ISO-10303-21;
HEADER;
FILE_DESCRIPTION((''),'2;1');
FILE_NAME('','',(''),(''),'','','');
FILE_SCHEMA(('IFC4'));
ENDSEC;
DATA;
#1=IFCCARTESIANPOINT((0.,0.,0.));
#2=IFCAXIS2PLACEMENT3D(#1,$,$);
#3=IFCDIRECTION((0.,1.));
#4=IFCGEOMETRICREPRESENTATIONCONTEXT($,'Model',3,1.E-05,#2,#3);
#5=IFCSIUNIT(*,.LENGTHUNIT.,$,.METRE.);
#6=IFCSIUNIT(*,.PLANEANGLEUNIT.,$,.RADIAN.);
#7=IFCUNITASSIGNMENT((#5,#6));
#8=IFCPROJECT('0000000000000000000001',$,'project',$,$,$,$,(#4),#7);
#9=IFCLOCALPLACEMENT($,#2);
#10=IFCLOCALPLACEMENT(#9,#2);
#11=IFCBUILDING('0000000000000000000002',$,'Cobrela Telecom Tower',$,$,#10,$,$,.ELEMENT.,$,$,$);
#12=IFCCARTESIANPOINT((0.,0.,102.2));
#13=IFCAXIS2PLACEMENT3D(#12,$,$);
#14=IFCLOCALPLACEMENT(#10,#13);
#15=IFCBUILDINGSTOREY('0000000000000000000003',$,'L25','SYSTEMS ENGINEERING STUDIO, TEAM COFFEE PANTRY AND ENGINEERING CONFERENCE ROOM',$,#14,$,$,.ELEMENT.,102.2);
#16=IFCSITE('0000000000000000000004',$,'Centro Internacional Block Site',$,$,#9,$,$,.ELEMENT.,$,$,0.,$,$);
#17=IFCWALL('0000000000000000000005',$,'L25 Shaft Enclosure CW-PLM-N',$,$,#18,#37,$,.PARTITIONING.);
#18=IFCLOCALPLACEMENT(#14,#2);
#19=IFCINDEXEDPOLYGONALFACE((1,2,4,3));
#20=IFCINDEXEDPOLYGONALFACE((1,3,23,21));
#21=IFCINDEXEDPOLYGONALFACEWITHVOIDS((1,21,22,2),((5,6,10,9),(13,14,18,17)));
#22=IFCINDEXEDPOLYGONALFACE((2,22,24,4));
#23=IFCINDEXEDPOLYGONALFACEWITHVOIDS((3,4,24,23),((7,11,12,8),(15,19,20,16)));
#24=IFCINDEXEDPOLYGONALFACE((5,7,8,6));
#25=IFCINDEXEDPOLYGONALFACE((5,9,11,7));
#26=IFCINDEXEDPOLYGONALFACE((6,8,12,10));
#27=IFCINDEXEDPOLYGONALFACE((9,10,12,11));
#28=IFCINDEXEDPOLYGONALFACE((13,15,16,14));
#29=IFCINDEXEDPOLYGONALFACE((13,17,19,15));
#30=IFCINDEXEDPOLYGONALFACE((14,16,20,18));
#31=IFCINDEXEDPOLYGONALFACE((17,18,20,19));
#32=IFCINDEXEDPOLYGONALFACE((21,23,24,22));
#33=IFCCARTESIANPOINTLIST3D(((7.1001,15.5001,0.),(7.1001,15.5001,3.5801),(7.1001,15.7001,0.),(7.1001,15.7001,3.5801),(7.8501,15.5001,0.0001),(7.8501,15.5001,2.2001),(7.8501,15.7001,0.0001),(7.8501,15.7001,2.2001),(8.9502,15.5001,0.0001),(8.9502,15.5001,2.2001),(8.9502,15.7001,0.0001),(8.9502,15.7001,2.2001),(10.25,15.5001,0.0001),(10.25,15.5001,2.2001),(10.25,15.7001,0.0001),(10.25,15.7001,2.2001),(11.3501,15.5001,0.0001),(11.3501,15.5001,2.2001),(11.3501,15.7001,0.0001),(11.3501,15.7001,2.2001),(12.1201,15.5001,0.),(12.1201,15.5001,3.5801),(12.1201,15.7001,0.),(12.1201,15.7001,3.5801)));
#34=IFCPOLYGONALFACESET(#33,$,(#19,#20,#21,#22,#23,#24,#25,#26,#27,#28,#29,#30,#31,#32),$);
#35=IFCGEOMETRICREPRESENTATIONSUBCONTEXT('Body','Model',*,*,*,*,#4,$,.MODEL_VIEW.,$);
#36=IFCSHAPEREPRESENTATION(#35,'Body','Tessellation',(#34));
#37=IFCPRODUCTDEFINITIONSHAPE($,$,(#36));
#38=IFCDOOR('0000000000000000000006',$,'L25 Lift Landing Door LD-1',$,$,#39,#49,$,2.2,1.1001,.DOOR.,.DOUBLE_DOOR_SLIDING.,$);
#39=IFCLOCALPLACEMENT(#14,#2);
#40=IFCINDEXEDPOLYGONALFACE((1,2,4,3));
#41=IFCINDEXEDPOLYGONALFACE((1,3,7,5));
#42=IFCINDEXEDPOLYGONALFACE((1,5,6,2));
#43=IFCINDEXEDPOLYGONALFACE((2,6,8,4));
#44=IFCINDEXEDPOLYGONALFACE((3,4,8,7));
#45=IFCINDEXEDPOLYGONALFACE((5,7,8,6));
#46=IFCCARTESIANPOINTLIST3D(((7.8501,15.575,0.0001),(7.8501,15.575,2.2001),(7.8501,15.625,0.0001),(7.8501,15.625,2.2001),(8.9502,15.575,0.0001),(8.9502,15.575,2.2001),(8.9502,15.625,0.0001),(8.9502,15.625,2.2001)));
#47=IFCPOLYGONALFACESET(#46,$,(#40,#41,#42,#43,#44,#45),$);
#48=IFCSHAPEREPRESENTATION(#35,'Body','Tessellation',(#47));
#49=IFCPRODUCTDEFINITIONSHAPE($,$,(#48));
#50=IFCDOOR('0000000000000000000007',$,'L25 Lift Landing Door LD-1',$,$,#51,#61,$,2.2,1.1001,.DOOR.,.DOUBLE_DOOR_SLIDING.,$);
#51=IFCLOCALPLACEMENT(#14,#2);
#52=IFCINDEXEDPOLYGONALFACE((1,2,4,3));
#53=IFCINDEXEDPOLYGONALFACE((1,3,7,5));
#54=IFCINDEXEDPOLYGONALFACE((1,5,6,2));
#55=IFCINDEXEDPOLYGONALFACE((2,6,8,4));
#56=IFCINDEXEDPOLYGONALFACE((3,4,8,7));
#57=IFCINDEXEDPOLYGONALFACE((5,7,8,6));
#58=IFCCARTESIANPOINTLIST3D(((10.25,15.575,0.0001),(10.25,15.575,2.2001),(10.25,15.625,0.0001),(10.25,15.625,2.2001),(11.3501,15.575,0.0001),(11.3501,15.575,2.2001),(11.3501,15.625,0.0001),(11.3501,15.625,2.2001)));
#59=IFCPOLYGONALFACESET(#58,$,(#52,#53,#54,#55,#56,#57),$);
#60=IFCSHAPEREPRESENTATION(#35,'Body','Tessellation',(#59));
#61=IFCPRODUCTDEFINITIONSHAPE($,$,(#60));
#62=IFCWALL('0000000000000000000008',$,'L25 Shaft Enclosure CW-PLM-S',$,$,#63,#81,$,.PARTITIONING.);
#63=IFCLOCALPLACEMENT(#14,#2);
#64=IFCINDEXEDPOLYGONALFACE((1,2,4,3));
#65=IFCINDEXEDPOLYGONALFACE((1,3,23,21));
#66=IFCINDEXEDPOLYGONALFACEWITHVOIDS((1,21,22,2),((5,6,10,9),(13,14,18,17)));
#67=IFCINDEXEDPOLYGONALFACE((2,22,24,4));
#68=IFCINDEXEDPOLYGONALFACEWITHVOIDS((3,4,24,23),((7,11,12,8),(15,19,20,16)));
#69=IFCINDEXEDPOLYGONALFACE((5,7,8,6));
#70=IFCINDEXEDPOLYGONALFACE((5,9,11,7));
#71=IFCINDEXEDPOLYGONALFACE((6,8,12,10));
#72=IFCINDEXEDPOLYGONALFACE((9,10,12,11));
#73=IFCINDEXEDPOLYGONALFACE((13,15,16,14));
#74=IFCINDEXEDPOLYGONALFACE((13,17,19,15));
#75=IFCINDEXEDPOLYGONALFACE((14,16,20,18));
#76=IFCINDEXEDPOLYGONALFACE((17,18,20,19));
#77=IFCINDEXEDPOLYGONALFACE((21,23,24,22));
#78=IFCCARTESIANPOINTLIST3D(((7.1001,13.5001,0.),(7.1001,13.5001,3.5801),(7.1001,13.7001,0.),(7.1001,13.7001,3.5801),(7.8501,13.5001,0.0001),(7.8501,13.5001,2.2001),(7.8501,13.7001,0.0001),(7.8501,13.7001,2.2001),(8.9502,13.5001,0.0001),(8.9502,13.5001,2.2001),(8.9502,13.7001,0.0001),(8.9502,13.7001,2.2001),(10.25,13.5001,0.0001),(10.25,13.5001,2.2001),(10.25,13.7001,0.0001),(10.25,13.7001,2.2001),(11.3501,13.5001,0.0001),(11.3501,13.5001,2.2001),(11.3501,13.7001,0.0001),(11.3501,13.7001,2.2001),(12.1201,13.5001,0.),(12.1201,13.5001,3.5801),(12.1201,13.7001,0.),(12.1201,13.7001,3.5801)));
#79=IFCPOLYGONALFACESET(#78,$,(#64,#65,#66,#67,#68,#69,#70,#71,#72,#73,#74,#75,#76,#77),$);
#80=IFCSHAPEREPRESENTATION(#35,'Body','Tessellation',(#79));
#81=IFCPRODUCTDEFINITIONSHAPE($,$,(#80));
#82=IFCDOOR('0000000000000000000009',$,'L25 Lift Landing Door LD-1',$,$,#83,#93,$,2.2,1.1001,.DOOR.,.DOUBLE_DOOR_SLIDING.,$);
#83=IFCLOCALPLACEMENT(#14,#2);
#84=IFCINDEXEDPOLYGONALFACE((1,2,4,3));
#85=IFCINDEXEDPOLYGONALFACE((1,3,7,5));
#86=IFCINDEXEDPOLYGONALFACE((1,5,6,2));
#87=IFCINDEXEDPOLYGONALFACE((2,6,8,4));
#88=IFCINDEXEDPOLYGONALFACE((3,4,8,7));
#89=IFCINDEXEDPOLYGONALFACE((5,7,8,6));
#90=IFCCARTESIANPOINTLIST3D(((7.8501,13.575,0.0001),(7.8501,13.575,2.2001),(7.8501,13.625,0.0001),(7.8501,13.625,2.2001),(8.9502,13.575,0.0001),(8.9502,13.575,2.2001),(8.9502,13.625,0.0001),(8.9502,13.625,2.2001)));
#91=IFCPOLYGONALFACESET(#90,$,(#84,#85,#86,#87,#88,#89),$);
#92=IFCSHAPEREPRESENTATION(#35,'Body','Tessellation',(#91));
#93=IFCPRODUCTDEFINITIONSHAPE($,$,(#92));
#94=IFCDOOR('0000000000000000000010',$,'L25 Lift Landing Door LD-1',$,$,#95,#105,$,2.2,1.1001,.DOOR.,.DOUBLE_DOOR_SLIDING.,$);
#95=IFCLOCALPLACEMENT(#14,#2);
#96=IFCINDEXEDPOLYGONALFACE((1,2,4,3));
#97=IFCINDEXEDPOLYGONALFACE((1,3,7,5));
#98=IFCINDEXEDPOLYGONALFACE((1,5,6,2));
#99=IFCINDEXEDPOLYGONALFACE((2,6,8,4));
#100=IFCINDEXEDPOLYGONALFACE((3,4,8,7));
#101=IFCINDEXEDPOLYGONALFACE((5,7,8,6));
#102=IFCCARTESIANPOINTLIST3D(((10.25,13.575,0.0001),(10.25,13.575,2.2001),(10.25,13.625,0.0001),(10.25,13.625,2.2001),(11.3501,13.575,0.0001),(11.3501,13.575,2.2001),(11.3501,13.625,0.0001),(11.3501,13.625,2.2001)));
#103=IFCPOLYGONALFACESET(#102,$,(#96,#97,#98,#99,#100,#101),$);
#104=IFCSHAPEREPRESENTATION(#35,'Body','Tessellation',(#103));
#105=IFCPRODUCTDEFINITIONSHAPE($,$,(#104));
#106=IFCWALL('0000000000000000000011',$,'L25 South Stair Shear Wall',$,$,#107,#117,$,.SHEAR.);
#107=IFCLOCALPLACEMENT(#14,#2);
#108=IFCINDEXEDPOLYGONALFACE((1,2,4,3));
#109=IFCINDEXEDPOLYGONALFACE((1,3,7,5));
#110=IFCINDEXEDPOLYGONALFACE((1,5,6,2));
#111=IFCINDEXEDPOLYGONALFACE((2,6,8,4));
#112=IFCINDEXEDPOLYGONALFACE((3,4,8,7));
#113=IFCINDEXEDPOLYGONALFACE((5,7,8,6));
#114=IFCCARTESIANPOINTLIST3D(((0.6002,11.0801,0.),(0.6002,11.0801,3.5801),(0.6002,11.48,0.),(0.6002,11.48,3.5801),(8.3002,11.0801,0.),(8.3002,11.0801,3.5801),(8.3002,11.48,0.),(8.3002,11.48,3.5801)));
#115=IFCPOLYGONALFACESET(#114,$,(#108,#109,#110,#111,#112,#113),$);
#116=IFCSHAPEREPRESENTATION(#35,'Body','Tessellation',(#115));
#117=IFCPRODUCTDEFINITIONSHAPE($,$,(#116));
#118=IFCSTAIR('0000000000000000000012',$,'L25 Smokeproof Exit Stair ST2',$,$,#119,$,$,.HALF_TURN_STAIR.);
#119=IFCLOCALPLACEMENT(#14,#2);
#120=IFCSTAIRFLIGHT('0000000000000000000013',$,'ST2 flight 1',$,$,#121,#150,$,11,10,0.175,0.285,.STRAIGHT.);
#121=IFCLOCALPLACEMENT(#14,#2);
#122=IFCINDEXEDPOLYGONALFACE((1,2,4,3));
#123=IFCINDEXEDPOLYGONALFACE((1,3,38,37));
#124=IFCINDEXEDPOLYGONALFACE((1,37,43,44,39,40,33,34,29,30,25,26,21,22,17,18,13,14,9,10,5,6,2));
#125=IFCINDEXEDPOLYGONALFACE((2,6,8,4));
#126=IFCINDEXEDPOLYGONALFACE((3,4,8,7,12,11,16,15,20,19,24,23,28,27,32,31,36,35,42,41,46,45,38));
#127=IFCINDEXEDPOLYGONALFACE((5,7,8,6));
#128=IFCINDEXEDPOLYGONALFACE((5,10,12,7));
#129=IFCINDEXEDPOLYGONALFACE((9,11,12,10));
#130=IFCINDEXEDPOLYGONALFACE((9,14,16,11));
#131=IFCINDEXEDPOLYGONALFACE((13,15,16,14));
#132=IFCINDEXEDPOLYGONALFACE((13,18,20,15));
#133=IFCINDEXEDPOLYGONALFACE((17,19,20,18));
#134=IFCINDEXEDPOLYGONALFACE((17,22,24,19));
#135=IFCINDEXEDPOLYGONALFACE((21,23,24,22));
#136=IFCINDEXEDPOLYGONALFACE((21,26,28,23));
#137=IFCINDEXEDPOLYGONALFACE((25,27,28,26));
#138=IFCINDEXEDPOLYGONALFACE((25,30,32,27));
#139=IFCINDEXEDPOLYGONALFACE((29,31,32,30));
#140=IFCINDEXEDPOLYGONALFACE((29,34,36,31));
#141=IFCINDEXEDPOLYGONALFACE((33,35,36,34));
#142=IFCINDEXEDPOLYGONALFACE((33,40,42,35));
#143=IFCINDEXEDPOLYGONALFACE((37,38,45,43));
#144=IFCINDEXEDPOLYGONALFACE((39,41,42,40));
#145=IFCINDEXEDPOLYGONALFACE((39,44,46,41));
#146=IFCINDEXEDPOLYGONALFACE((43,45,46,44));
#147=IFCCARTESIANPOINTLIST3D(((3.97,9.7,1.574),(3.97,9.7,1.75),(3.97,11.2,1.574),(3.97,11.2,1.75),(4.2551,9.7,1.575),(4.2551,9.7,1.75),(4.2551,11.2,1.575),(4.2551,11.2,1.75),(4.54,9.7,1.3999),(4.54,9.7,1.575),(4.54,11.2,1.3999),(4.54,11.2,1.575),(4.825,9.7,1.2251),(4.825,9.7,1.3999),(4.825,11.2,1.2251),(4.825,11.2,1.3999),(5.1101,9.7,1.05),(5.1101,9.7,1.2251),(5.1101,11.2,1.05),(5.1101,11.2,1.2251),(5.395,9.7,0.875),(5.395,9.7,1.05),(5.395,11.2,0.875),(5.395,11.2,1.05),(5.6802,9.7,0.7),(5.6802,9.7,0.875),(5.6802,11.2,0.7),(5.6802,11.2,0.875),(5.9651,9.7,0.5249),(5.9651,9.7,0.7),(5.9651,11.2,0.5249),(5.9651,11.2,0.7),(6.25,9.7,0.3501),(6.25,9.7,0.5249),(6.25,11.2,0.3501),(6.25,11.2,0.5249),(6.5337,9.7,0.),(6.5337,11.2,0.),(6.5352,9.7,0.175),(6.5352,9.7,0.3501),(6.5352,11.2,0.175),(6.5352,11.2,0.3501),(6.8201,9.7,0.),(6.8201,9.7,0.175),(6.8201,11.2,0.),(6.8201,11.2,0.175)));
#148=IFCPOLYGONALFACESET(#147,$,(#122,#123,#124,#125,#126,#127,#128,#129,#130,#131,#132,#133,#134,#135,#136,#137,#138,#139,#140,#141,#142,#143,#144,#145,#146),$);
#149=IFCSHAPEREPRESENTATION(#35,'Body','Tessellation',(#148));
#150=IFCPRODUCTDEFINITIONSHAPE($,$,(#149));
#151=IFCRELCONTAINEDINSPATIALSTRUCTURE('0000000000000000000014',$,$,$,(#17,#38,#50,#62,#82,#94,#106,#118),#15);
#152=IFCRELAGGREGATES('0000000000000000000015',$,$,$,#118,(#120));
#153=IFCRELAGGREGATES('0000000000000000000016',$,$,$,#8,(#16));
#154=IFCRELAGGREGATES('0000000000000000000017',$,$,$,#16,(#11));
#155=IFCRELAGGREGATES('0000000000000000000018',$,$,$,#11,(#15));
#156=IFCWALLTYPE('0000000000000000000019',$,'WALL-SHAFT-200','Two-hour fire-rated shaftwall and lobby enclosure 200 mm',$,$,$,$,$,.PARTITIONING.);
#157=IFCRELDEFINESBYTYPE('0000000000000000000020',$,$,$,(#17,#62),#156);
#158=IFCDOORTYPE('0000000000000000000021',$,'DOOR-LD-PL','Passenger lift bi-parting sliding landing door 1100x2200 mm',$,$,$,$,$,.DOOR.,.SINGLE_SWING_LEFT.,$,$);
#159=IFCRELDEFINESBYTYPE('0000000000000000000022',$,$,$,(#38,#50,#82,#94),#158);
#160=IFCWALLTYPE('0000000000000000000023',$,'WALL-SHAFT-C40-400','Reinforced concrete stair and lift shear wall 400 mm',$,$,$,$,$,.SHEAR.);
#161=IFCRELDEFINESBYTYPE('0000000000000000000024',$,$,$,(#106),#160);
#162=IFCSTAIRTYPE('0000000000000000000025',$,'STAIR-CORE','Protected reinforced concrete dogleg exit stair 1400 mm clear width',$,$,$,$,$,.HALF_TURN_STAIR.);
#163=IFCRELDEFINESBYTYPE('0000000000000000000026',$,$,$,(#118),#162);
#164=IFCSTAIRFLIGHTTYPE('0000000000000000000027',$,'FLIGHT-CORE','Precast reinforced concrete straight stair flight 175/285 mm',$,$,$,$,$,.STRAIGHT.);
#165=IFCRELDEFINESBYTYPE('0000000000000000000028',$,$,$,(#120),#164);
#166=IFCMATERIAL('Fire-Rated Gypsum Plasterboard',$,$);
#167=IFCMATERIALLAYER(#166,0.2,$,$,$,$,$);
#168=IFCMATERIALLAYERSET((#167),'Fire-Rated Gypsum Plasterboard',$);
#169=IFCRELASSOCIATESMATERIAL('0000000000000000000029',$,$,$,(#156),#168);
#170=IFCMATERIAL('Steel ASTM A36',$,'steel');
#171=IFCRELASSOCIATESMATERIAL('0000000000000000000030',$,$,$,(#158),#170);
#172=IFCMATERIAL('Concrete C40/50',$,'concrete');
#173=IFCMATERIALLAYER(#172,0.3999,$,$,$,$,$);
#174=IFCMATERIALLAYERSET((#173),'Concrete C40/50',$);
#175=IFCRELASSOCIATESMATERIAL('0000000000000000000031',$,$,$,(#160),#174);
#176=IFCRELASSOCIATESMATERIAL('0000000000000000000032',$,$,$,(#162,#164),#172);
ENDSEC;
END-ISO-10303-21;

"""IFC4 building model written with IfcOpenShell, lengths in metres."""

from ifc_helpers import new_model, si_unit, direction, frame, frame_2d, origin, place, context, subcontext, project, spatial, polyline, rectangle, outline, extrude, material, layer, layer_set, type_object, element, fill, aggregate, save


model = new_model("IFC4")

# Units and contexts
model_context = context("Model", 3, precision=1e-05, world=origin(), true_north=direction((0.0, 1.0)))
body_context = subcontext(model_context, "Body", "Model", "MODEL_VIEW")
ifc_project = project(units=[si_unit("LENGTHUNIT", "METRE"), si_unit("PLANEANGLEUNIT", "RADIAN")], contexts=[model_context])

# Site, building, storey
site_placement = place(None, origin())
site = spatial("IfcSite", under=ifc_project, at=site_placement, Name="Centro Internacional Block Site", CompositionType="ELEMENT", RefElevation=0.0)
building_placement = place(site_placement, origin())
building = spatial("IfcBuilding", under=site, at=building_placement, Name="Cobrela Telecom Tower", CompositionType="ELEMENT")
storey_placement = place(building_placement, frame((0.0, 0.0, 102.2)))
storey = spatial("IfcBuildingStorey", under=building, at=storey_placement, Name="L25", Description="SYSTEMS ENGINEERING STUDIO, TEAM COFFEE PANTRY AND ENGINEERING CONFERENCE ROOM", CompositionType="ELEMENT", Elevation=102.2)

# Shared definitions
ifc_material_1 = material(Name="Fire-Rated Gypsum Plasterboard")

# Shared definitions
ifc_layer_1 = layer(ifc_material_1, 0.2)
ifc_layer_set_1 = layer_set([ifc_layer_1], Name="Fire-Rated Gypsum Plasterboard")
wall_type_1 = type_object("IfcWallType", Name="WALL-SHAFT-200", Description="Two-hour fire-rated shaftwall and lobby enclosure 200 mm", PredefinedType="PARTITIONING", material=ifc_layer_set_1)

# Walls, openings, doors
wall_1_placement = place(storey_placement, frame((7.1001, 15.6001, 0.0), z_axis=(0.0, 0.0, 1.0), x_axis=(1.0, 0.0, 0.0)))
wall_1 = element("IfcWall", 1, at=wall_1_placement, inside=storey, type_object=wall_type_1, Name="L25 Shaft Enclosure CW-PLM-N", PredefinedType="PARTITIONING", context=body_context, shape_type="SweptSolid", body=[
    extrude(rectangle(XDim=5.02, YDim=0.2, at=frame_2d((2.51, 0.0))), origin(), (0.0, 0.0, 1.0), 3.5801),
])
opening_1_placement = place(wall_1_placement, frame((0.75, 0.0, 0.0)))
opening_1 = element("IfcOpeningElement", 2, at=opening_1_placement, cuts=wall_1, PredefinedType="OPENING", context=body_context, shape_type="SweptSolid", body=[
    extrude(rectangle(XDim=1.1001, YDim=2.2, at=frame_2d((0.55, 1.1001))), frame((0.0, 0.1118, 0.0), z_axis=(0.0, -1.0, 0.0), x_axis=(1.0, 0.0, 0.0)), (0.0, 0.0, 1.0), 0.2239),
])
opening_2_placement = place(wall_1_placement, frame((3.1499, 0.0, 0.0)))
opening_2 = element("IfcOpeningElement", 3, at=opening_2_placement, cuts=wall_1, PredefinedType="OPENING", context=body_context, shape_type="SweptSolid", body=[
    extrude(rectangle(XDim=1.1001, YDim=2.2, at=frame_2d((0.55, 1.1001))), frame((0.0, 0.1118, 0.0), z_axis=(0.0, -1.0, 0.0), x_axis=(1.0, 0.0, 0.0)), (0.0, 0.0, 1.0), 0.2239),
])
ifc_material_2 = material(Name="Steel ASTM A36", Category="steel")
door_type_1 = type_object("IfcDoorType", Name="DOOR-LD-PL", Description="Passenger lift bi-parting sliding landing door 1100x2200 mm", OperationType="SINGLE_SWING_LEFT", PredefinedType="DOOR", material=ifc_material_2)
door_1_placement = place(opening_1_placement, origin())
door_1 = element("IfcDoor", 4, at=door_1_placement, inside=storey, type_object=door_type_1, Name="L25 Lift Landing Door LD-1", OperationType="DOUBLE_DOOR_SLIDING", OverallHeight=2.2, OverallWidth=1.1001, PredefinedType="DOOR", context=body_context, shape_type="SweptSolid", body=[
    extrude(rectangle(XDim=1.1001, YDim=2.2, at=frame_2d((0.55, 1.1001))), frame((0.0, 0.0249, 0.0), z_axis=(0.0, -1.0, 0.0), x_axis=(1.0, 0.0, 0.0)), (0.0, 0.0, 1.0), 0.05),
])
fill(opening_1, door_1)
door_2_placement = place(opening_2_placement, origin())
door_2 = element("IfcDoor", 5, at=door_2_placement, inside=storey, type_object=door_type_1, Name="L25 Lift Landing Door LD-1", OperationType="DOUBLE_DOOR_SLIDING", OverallHeight=2.2, OverallWidth=1.1001, PredefinedType="DOOR", context=body_context, shape_type="SweptSolid", body=[
    extrude(rectangle(XDim=1.1001, YDim=2.2, at=frame_2d((0.55, 1.1001))), frame((0.0, 0.0249, 0.0), z_axis=(0.0, -1.0, 0.0), x_axis=(1.0, 0.0, 0.0)), (0.0, 0.0, 1.0), 0.05),
])
fill(opening_2, door_2)
wall_2_placement = place(storey_placement, frame((7.1001, 13.6001, 0.0), z_axis=(0.0, 0.0, 1.0), x_axis=(1.0, 0.0, 0.0)))
wall_2 = element("IfcWall", 6, at=wall_2_placement, inside=storey, type_object=wall_type_1, Name="L25 Shaft Enclosure CW-PLM-S", PredefinedType="PARTITIONING", context=body_context, shape_type="SweptSolid", body=[
    extrude(rectangle(XDim=5.02, YDim=0.2, at=frame_2d((2.51, 0.0))), origin(), (0.0, 0.0, 1.0), 3.5801),
])
opening_3_placement = place(wall_2_placement, frame((0.75, 0.0, 0.0)))
opening_3 = element("IfcOpeningElement", 7, at=opening_3_placement, cuts=wall_2, PredefinedType="OPENING", context=body_context, shape_type="SweptSolid", body=[
    extrude(rectangle(XDim=1.1001, YDim=2.2, at=frame_2d((0.55, 1.1001))), frame((0.0, 0.1118, 0.0), z_axis=(0.0, -1.0, 0.0), x_axis=(1.0, 0.0, 0.0)), (0.0, 0.0, 1.0), 0.2239),
])
opening_4_placement = place(wall_2_placement, frame((3.1499, 0.0, 0.0)))
opening_4 = element("IfcOpeningElement", 8, at=opening_4_placement, cuts=wall_2, PredefinedType="OPENING", context=body_context, shape_type="SweptSolid", body=[
    extrude(rectangle(XDim=1.1001, YDim=2.2, at=frame_2d((0.55, 1.1001))), frame((0.0, 0.1118, 0.0), z_axis=(0.0, -1.0, 0.0), x_axis=(1.0, 0.0, 0.0)), (0.0, 0.0, 1.0), 0.2239),
])
door_3_placement = place(opening_3_placement, origin())
door_3 = element("IfcDoor", 9, at=door_3_placement, inside=storey, type_object=door_type_1, Name="L25 Lift Landing Door LD-1", OperationType="DOUBLE_DOOR_SLIDING", OverallHeight=2.2, OverallWidth=1.1001, PredefinedType="DOOR", context=body_context, shape_type="SweptSolid", body=[
    extrude(rectangle(XDim=1.1001, YDim=2.2, at=frame_2d((0.55, 1.1001))), frame((0.0, 0.0249, 0.0), z_axis=(0.0, -1.0, 0.0), x_axis=(1.0, 0.0, 0.0)), (0.0, 0.0, 1.0), 0.05),
])
fill(opening_3, door_3)
door_4_placement = place(opening_4_placement, origin())
door_4 = element("IfcDoor", 10, at=door_4_placement, inside=storey, type_object=door_type_1, Name="L25 Lift Landing Door LD-1", OperationType="DOUBLE_DOOR_SLIDING", OverallHeight=2.2, OverallWidth=1.1001, PredefinedType="DOOR", context=body_context, shape_type="SweptSolid", body=[
    extrude(rectangle(XDim=1.1001, YDim=2.2, at=frame_2d((0.55, 1.1001))), frame((0.0, 0.0249, 0.0), z_axis=(0.0, -1.0, 0.0), x_axis=(1.0, 0.0, 0.0)), (0.0, 0.0, 1.0), 0.05),
])
fill(opening_4, door_4)

# Wall
ifc_material_3 = material(Name="Concrete C40/50", Category="concrete")
ifc_layer_2 = layer(ifc_material_3, 0.3999)
ifc_layer_set_2 = layer_set([ifc_layer_2], Name="Concrete C40/50")
wall_type_2 = type_object("IfcWallType", Name="WALL-SHAFT-C40-400", Description="Reinforced concrete stair and lift shear wall 400 mm", PredefinedType="SHEAR", material=ifc_layer_set_2)
wall_3_placement = place(storey_placement, frame((0.6001, 11.28, 0.0), z_axis=(0.0, 0.0, 1.0), x_axis=(1.0, 0.0, 0.0)))
element("IfcWall", 11, at=wall_3_placement, inside=storey, type_object=wall_type_2, Name="L25 South Stair Shear Wall", PredefinedType="SHEAR", context=body_context, shape_type="SweptSolid", body=[
    extrude(rectangle(XDim=7.7, YDim=0.3999, at=frame_2d((3.8501, 0.0))), origin(), (0.0, 0.0, 1.0), 3.5801),
])

# Stair, stair flight
stair_type = type_object("IfcStairType", Name="STAIR-CORE", Description="Protected reinforced concrete dogleg exit stair 1400 mm clear width", PredefinedType="HALF_TURN_STAIR", material=ifc_material_3)
stair_placement = place(storey_placement, origin())
stair = element("IfcStair", 12, at=stair_placement, inside=storey, type_object=stair_type, Name="L25 Smokeproof Exit Stair ST2", PredefinedType="HALF_TURN_STAIR")
stair_flight_type = type_object("IfcStairFlightType", Name="FLIGHT-CORE", Description="Precast reinforced concrete straight stair flight 175/285 mm", PredefinedType="STRAIGHT", material=ifc_material_3)
stair_flight_placement = place(storey_placement, frame((6.8201, 10.45, 0.0), z_axis=(0.0, 0.0, 1.0), x_axis=(-1.0, 0.0, 0.0)))
stair_flight = element("IfcStairFlight", 13, at=stair_flight_placement, type_object=stair_flight_type, Name="ST2 flight 1", NumberOfRisers=11, NumberOfTreads=10, PredefinedType="STRAIGHT", RiserHeight=0.175, TreadLength=0.285, context=body_context, shape_type="SweptSolid", body=[
    extrude(outline(polyline([(0.0, 0.0), (0.0, 0.175), (0.2849, 0.175), (0.2849, 0.3501), (0.5701, 0.3501), (0.5701, 0.5249), (0.855, 0.5249), (0.855, 0.7), (1.1399, 0.7), (1.1399, 0.875), (1.425, 0.875), (1.425, 1.05), (1.71, 1.05), (1.71, 1.2251), (1.9951, 1.2251), (1.9951, 1.3999), (2.28, 1.3999), (2.28, 1.575), (2.5649, 1.575), (2.5649, 1.75), (2.8501, 1.75), (2.8501, 1.925), (2.8501, 1.574), (0.2864, 0.0), (0.0, 0.0)])), frame((0.0, 0.75, 0.0), z_axis=(0.0, -1.0, 0.0), x_axis=(1.0, 0.0, 0.0)), (0.0, 0.0, 1.0), 1.5),
])
aggregate(stair, [stair_flight])

save(model, "model.ifc")
